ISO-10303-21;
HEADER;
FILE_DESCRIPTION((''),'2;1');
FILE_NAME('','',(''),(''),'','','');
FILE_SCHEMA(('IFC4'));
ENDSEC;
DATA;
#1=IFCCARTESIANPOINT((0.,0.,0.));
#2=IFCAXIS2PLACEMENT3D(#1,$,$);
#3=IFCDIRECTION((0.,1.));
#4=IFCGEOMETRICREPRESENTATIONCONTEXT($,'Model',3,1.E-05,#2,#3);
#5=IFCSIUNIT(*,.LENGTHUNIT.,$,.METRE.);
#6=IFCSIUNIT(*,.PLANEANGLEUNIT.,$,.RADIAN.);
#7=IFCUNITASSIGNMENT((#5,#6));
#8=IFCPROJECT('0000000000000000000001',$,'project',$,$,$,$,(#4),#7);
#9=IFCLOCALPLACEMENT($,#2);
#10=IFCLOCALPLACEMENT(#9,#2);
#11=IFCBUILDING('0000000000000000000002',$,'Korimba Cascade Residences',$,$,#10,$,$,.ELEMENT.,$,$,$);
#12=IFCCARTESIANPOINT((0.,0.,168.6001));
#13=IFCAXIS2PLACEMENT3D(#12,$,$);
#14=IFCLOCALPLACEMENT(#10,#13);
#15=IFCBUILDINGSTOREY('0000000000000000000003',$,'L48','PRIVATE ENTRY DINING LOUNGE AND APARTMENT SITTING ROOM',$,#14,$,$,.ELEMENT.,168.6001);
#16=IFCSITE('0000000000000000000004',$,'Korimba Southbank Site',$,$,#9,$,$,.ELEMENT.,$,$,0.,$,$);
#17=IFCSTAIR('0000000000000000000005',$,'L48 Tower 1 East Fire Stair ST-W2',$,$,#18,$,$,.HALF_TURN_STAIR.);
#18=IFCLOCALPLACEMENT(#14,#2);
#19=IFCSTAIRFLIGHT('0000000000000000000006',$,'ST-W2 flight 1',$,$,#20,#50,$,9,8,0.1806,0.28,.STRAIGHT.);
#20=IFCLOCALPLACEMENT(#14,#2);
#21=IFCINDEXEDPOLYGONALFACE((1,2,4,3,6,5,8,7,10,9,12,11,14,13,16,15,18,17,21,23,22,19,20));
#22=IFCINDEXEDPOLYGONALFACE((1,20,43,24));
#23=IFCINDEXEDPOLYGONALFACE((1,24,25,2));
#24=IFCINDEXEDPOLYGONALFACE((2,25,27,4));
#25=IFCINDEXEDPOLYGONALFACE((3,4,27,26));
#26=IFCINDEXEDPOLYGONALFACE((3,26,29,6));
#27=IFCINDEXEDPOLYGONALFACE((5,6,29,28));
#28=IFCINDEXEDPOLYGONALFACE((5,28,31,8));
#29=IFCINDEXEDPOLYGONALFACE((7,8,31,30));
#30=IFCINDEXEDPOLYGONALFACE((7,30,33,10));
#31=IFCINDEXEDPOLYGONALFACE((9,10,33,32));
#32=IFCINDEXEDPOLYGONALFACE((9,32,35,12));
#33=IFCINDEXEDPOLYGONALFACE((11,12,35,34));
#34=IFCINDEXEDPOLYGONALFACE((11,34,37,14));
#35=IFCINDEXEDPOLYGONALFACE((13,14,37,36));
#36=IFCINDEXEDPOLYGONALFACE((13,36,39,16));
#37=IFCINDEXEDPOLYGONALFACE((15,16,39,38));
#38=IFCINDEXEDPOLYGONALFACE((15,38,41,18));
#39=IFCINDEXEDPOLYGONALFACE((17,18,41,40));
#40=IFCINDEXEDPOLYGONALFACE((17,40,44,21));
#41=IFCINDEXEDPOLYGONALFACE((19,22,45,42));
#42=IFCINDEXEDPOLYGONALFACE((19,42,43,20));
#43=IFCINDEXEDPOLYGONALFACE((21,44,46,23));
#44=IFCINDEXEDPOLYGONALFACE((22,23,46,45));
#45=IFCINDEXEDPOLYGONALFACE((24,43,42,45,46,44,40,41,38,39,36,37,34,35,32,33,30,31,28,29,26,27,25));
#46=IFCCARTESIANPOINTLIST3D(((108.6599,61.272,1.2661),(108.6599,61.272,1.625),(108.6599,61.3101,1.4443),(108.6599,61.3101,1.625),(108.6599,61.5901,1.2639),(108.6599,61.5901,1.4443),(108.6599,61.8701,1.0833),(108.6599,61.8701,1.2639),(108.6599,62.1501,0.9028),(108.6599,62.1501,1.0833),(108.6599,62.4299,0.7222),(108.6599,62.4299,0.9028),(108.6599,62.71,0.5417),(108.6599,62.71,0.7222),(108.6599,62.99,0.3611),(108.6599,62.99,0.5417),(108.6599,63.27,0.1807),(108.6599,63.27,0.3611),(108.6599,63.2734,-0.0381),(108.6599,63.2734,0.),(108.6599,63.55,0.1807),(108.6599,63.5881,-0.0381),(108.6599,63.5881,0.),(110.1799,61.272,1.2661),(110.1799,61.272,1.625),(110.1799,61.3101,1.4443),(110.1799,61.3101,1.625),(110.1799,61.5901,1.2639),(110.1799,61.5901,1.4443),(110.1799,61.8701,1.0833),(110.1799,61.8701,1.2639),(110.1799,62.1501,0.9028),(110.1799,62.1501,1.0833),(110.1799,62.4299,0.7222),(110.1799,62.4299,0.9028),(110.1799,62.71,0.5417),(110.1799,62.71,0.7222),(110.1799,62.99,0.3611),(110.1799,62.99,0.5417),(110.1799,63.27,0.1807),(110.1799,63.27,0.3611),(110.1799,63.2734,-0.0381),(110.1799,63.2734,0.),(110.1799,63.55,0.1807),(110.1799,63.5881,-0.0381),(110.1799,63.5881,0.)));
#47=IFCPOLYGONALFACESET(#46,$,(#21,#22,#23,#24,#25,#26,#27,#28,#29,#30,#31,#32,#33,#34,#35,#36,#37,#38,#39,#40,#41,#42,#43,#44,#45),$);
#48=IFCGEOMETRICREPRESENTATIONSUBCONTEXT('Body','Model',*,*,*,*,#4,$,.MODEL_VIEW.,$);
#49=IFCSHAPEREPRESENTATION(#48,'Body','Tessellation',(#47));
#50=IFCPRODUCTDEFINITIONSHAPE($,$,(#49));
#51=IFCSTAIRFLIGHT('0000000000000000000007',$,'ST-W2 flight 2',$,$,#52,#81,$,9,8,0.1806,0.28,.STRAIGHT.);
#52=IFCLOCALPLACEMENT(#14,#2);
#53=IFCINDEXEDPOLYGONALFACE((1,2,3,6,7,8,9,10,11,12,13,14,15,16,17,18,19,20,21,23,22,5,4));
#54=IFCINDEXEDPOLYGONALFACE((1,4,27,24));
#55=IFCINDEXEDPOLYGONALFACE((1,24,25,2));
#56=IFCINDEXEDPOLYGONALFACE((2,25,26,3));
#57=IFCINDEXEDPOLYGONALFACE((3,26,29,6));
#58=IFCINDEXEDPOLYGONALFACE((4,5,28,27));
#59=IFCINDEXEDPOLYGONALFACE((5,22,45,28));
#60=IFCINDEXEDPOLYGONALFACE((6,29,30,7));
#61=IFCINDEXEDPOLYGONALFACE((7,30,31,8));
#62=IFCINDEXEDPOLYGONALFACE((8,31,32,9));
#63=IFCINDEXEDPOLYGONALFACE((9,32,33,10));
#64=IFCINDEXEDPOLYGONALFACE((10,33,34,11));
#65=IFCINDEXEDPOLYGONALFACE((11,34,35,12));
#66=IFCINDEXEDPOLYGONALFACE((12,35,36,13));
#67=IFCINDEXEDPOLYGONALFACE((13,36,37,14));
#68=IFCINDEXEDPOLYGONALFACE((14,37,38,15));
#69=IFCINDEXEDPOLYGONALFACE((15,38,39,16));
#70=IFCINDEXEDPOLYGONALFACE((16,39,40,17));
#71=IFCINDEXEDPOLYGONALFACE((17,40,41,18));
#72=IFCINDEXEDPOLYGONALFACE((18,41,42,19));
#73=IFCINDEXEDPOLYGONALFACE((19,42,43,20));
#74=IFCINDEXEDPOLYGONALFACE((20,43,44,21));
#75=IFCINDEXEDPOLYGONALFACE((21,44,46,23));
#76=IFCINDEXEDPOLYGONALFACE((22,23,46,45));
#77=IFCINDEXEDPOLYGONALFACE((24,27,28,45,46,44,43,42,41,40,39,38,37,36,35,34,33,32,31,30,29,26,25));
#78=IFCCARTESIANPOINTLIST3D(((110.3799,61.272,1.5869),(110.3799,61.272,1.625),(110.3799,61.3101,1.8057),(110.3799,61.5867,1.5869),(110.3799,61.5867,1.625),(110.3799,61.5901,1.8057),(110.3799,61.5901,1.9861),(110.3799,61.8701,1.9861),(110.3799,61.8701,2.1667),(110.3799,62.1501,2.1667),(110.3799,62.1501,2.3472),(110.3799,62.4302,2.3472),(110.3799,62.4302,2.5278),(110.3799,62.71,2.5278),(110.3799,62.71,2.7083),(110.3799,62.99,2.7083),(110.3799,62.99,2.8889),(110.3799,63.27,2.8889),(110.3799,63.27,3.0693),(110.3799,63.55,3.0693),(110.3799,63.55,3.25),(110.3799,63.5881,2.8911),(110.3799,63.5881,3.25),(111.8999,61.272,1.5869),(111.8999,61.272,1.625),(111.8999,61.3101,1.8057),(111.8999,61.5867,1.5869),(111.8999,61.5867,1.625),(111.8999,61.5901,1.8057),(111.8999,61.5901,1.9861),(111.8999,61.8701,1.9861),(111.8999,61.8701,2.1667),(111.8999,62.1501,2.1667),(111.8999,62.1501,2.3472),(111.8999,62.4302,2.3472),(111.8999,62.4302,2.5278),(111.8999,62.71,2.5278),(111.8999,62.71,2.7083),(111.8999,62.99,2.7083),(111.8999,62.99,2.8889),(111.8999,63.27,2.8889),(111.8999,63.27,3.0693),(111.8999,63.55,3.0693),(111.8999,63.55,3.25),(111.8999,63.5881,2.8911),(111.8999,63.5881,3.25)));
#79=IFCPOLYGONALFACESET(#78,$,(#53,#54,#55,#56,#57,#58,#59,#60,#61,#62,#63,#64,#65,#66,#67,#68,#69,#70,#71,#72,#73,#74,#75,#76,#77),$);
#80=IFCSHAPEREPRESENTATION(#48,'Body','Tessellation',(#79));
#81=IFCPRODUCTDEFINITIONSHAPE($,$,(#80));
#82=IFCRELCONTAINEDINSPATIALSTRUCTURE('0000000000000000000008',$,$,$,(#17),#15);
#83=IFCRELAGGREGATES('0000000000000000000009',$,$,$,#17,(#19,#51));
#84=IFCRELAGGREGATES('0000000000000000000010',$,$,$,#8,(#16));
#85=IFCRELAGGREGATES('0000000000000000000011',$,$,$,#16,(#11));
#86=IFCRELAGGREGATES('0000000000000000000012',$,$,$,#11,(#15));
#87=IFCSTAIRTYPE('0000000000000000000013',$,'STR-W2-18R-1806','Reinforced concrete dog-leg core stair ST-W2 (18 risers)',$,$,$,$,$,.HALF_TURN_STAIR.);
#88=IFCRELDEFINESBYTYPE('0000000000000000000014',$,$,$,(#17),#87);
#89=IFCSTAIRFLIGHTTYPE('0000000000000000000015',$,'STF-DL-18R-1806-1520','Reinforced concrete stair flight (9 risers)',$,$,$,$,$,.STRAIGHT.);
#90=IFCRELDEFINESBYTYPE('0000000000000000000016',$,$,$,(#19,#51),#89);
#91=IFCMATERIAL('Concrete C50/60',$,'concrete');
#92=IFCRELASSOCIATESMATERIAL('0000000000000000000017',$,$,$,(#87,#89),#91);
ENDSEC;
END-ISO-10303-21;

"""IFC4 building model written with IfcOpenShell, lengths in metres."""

from ifc_helpers import new_model, si_unit, direction, frame, origin, place, context, subcontext, project, spatial, polyline, outline, extrude, material, type_object, element, aggregate, save


model = new_model("IFC4")

# Units and contexts
model_context = context("Model", 3, precision=1e-05, world=origin(), true_north=direction((0.0, 1.0)))
body_context = subcontext(model_context, "Body", "Model", "MODEL_VIEW")
ifc_project = project(units=[si_unit("LENGTHUNIT", "METRE"), si_unit("PLANEANGLEUNIT", "RADIAN")], contexts=[model_context])

# Site, building, storey
site_placement = place(None, origin())
site = spatial("IfcSite", under=ifc_project, at=site_placement, Name="Korimba Southbank Site", CompositionType="ELEMENT", RefElevation=0.0)
building_placement = place(site_placement, origin())
building = spatial("IfcBuilding", under=site, at=building_placement, Name="Korimba Cascade Residences", CompositionType="ELEMENT")
storey_placement = place(building_placement, frame((0.0, 0.0, 168.6001)))
storey = spatial("IfcBuildingStorey", under=building, at=storey_placement, Name="L48", Description="PRIVATE ENTRY DINING LOUNGE AND APARTMENT SITTING ROOM", CompositionType="ELEMENT", Elevation=168.6001)

# Shared definitions
ifc_material_1 = material(Name="Concrete C50/60", Category="concrete")

# Stair, stair flights
stair_type = type_object("IfcStairType", Name="STR-W2-18R-1806", Description="Reinforced concrete dog-leg core stair ST-W2 (18 risers)", PredefinedType="HALF_TURN_STAIR", material=ifc_material_1)
stair_placement = place(storey_placement, origin())
stair = element("IfcStair", 1, at=stair_placement, inside=storey, type_object=stair_type, Name="L48 Tower 1 East Fire Stair ST-W2", PredefinedType="HALF_TURN_STAIR")
stair_flight_type = type_object("IfcStairFlightType", Name="STF-DL-18R-1806-1520", Description="Reinforced concrete stair flight (9 risers)", PredefinedType="STRAIGHT", material=ifc_material_1)
stair_flight_1_placement = place(storey_placement, frame((109.4199, 63.55, 0.0), z_axis=(0.0, 0.0, 1.0), x_axis=(0.0, -1.0, 0.0)))
stair_flight_1 = element("IfcStairFlight", 2, at=stair_flight_1_placement, type_object=stair_flight_type, Name="ST-W2 flight 1", NumberOfRisers=9, NumberOfTreads=8, PredefinedType="STRAIGHT", RiserHeight=0.1806, TreadLength=0.28, context=body_context, shape_type="SweptSolid", body=[
    extrude(outline(polyline([(-0.0381, 0.0), (0.0, 0.1807), (0.28, 0.1807), (0.28, 0.3611), (0.5601, 0.3611), (0.5601, 0.5417), (0.8401, 0.5417), (0.8401, 0.7222), (1.1201, 0.7222), (1.1201, 0.9028), (1.3999, 0.9028), (1.3999, 1.0833), (1.6799, 1.0833), (1.6799, 1.2639), (1.96, 1.2639), (1.96, 1.4443), (2.24, 1.4443), (2.24, 1.625), (2.2781, 1.625), (2.2781, 1.2661), (0.2766, 0.0), (0.2766, -0.0381), (-0.0381, -0.0381), (-0.0381, 0.0)])), frame((0.0, 0.76, 0.0), z_axis=(0.0, -1.0, 0.0), x_axis=(1.0, 0.0, 0.0)), (0.0, 0.0, 1.0), 1.52),
])
stair_flight_2_placement = place(storey_placement, frame((111.1399, 61.3101, 1.625), z_axis=(0.0, 0.0, 1.0), x_axis=(0.0, 1.0, 0.0)))
stair_flight_2 = element("IfcStairFlight", 3, at=stair_flight_2_placement, type_object=stair_flight_type, Name="ST-W2 flight 2", NumberOfRisers=9, NumberOfTreads=8, PredefinedType="STRAIGHT", RiserHeight=0.1806, TreadLength=0.28, context=body_context, shape_type="SweptSolid", body=[
    extrude(outline(polyline([(-0.0381, 0.0), (0.0, 0.1807), (0.28, 0.1807), (0.28, 0.3611), (0.5601, 0.3611), (0.5601, 0.5417), (0.8401, 0.5417), (0.8401, 0.7222), (1.1201, 0.7222), (1.1201, 0.9028), (1.3999, 0.9028), (1.3999, 1.0833), (1.6799, 1.0833), (1.6799, 1.2639), (1.96, 1.2639), (1.96, 1.4443), (2.24, 1.4443), (2.24, 1.625), (2.2781, 1.625), (2.2781, 1.2661), (0.2766, 0.0), (0.2766, -0.0381), (-0.0381, -0.0381), (-0.0381, 0.0)])), frame((0.0, 0.76, 0.0), z_axis=(0.0, -1.0, 0.0), x_axis=(1.0, 0.0, 0.0)), (0.0, 0.0, 1.0), 1.52),
])
aggregate(stair, [stair_flight_1, stair_flight_2])

save(model, "model.ifc")
